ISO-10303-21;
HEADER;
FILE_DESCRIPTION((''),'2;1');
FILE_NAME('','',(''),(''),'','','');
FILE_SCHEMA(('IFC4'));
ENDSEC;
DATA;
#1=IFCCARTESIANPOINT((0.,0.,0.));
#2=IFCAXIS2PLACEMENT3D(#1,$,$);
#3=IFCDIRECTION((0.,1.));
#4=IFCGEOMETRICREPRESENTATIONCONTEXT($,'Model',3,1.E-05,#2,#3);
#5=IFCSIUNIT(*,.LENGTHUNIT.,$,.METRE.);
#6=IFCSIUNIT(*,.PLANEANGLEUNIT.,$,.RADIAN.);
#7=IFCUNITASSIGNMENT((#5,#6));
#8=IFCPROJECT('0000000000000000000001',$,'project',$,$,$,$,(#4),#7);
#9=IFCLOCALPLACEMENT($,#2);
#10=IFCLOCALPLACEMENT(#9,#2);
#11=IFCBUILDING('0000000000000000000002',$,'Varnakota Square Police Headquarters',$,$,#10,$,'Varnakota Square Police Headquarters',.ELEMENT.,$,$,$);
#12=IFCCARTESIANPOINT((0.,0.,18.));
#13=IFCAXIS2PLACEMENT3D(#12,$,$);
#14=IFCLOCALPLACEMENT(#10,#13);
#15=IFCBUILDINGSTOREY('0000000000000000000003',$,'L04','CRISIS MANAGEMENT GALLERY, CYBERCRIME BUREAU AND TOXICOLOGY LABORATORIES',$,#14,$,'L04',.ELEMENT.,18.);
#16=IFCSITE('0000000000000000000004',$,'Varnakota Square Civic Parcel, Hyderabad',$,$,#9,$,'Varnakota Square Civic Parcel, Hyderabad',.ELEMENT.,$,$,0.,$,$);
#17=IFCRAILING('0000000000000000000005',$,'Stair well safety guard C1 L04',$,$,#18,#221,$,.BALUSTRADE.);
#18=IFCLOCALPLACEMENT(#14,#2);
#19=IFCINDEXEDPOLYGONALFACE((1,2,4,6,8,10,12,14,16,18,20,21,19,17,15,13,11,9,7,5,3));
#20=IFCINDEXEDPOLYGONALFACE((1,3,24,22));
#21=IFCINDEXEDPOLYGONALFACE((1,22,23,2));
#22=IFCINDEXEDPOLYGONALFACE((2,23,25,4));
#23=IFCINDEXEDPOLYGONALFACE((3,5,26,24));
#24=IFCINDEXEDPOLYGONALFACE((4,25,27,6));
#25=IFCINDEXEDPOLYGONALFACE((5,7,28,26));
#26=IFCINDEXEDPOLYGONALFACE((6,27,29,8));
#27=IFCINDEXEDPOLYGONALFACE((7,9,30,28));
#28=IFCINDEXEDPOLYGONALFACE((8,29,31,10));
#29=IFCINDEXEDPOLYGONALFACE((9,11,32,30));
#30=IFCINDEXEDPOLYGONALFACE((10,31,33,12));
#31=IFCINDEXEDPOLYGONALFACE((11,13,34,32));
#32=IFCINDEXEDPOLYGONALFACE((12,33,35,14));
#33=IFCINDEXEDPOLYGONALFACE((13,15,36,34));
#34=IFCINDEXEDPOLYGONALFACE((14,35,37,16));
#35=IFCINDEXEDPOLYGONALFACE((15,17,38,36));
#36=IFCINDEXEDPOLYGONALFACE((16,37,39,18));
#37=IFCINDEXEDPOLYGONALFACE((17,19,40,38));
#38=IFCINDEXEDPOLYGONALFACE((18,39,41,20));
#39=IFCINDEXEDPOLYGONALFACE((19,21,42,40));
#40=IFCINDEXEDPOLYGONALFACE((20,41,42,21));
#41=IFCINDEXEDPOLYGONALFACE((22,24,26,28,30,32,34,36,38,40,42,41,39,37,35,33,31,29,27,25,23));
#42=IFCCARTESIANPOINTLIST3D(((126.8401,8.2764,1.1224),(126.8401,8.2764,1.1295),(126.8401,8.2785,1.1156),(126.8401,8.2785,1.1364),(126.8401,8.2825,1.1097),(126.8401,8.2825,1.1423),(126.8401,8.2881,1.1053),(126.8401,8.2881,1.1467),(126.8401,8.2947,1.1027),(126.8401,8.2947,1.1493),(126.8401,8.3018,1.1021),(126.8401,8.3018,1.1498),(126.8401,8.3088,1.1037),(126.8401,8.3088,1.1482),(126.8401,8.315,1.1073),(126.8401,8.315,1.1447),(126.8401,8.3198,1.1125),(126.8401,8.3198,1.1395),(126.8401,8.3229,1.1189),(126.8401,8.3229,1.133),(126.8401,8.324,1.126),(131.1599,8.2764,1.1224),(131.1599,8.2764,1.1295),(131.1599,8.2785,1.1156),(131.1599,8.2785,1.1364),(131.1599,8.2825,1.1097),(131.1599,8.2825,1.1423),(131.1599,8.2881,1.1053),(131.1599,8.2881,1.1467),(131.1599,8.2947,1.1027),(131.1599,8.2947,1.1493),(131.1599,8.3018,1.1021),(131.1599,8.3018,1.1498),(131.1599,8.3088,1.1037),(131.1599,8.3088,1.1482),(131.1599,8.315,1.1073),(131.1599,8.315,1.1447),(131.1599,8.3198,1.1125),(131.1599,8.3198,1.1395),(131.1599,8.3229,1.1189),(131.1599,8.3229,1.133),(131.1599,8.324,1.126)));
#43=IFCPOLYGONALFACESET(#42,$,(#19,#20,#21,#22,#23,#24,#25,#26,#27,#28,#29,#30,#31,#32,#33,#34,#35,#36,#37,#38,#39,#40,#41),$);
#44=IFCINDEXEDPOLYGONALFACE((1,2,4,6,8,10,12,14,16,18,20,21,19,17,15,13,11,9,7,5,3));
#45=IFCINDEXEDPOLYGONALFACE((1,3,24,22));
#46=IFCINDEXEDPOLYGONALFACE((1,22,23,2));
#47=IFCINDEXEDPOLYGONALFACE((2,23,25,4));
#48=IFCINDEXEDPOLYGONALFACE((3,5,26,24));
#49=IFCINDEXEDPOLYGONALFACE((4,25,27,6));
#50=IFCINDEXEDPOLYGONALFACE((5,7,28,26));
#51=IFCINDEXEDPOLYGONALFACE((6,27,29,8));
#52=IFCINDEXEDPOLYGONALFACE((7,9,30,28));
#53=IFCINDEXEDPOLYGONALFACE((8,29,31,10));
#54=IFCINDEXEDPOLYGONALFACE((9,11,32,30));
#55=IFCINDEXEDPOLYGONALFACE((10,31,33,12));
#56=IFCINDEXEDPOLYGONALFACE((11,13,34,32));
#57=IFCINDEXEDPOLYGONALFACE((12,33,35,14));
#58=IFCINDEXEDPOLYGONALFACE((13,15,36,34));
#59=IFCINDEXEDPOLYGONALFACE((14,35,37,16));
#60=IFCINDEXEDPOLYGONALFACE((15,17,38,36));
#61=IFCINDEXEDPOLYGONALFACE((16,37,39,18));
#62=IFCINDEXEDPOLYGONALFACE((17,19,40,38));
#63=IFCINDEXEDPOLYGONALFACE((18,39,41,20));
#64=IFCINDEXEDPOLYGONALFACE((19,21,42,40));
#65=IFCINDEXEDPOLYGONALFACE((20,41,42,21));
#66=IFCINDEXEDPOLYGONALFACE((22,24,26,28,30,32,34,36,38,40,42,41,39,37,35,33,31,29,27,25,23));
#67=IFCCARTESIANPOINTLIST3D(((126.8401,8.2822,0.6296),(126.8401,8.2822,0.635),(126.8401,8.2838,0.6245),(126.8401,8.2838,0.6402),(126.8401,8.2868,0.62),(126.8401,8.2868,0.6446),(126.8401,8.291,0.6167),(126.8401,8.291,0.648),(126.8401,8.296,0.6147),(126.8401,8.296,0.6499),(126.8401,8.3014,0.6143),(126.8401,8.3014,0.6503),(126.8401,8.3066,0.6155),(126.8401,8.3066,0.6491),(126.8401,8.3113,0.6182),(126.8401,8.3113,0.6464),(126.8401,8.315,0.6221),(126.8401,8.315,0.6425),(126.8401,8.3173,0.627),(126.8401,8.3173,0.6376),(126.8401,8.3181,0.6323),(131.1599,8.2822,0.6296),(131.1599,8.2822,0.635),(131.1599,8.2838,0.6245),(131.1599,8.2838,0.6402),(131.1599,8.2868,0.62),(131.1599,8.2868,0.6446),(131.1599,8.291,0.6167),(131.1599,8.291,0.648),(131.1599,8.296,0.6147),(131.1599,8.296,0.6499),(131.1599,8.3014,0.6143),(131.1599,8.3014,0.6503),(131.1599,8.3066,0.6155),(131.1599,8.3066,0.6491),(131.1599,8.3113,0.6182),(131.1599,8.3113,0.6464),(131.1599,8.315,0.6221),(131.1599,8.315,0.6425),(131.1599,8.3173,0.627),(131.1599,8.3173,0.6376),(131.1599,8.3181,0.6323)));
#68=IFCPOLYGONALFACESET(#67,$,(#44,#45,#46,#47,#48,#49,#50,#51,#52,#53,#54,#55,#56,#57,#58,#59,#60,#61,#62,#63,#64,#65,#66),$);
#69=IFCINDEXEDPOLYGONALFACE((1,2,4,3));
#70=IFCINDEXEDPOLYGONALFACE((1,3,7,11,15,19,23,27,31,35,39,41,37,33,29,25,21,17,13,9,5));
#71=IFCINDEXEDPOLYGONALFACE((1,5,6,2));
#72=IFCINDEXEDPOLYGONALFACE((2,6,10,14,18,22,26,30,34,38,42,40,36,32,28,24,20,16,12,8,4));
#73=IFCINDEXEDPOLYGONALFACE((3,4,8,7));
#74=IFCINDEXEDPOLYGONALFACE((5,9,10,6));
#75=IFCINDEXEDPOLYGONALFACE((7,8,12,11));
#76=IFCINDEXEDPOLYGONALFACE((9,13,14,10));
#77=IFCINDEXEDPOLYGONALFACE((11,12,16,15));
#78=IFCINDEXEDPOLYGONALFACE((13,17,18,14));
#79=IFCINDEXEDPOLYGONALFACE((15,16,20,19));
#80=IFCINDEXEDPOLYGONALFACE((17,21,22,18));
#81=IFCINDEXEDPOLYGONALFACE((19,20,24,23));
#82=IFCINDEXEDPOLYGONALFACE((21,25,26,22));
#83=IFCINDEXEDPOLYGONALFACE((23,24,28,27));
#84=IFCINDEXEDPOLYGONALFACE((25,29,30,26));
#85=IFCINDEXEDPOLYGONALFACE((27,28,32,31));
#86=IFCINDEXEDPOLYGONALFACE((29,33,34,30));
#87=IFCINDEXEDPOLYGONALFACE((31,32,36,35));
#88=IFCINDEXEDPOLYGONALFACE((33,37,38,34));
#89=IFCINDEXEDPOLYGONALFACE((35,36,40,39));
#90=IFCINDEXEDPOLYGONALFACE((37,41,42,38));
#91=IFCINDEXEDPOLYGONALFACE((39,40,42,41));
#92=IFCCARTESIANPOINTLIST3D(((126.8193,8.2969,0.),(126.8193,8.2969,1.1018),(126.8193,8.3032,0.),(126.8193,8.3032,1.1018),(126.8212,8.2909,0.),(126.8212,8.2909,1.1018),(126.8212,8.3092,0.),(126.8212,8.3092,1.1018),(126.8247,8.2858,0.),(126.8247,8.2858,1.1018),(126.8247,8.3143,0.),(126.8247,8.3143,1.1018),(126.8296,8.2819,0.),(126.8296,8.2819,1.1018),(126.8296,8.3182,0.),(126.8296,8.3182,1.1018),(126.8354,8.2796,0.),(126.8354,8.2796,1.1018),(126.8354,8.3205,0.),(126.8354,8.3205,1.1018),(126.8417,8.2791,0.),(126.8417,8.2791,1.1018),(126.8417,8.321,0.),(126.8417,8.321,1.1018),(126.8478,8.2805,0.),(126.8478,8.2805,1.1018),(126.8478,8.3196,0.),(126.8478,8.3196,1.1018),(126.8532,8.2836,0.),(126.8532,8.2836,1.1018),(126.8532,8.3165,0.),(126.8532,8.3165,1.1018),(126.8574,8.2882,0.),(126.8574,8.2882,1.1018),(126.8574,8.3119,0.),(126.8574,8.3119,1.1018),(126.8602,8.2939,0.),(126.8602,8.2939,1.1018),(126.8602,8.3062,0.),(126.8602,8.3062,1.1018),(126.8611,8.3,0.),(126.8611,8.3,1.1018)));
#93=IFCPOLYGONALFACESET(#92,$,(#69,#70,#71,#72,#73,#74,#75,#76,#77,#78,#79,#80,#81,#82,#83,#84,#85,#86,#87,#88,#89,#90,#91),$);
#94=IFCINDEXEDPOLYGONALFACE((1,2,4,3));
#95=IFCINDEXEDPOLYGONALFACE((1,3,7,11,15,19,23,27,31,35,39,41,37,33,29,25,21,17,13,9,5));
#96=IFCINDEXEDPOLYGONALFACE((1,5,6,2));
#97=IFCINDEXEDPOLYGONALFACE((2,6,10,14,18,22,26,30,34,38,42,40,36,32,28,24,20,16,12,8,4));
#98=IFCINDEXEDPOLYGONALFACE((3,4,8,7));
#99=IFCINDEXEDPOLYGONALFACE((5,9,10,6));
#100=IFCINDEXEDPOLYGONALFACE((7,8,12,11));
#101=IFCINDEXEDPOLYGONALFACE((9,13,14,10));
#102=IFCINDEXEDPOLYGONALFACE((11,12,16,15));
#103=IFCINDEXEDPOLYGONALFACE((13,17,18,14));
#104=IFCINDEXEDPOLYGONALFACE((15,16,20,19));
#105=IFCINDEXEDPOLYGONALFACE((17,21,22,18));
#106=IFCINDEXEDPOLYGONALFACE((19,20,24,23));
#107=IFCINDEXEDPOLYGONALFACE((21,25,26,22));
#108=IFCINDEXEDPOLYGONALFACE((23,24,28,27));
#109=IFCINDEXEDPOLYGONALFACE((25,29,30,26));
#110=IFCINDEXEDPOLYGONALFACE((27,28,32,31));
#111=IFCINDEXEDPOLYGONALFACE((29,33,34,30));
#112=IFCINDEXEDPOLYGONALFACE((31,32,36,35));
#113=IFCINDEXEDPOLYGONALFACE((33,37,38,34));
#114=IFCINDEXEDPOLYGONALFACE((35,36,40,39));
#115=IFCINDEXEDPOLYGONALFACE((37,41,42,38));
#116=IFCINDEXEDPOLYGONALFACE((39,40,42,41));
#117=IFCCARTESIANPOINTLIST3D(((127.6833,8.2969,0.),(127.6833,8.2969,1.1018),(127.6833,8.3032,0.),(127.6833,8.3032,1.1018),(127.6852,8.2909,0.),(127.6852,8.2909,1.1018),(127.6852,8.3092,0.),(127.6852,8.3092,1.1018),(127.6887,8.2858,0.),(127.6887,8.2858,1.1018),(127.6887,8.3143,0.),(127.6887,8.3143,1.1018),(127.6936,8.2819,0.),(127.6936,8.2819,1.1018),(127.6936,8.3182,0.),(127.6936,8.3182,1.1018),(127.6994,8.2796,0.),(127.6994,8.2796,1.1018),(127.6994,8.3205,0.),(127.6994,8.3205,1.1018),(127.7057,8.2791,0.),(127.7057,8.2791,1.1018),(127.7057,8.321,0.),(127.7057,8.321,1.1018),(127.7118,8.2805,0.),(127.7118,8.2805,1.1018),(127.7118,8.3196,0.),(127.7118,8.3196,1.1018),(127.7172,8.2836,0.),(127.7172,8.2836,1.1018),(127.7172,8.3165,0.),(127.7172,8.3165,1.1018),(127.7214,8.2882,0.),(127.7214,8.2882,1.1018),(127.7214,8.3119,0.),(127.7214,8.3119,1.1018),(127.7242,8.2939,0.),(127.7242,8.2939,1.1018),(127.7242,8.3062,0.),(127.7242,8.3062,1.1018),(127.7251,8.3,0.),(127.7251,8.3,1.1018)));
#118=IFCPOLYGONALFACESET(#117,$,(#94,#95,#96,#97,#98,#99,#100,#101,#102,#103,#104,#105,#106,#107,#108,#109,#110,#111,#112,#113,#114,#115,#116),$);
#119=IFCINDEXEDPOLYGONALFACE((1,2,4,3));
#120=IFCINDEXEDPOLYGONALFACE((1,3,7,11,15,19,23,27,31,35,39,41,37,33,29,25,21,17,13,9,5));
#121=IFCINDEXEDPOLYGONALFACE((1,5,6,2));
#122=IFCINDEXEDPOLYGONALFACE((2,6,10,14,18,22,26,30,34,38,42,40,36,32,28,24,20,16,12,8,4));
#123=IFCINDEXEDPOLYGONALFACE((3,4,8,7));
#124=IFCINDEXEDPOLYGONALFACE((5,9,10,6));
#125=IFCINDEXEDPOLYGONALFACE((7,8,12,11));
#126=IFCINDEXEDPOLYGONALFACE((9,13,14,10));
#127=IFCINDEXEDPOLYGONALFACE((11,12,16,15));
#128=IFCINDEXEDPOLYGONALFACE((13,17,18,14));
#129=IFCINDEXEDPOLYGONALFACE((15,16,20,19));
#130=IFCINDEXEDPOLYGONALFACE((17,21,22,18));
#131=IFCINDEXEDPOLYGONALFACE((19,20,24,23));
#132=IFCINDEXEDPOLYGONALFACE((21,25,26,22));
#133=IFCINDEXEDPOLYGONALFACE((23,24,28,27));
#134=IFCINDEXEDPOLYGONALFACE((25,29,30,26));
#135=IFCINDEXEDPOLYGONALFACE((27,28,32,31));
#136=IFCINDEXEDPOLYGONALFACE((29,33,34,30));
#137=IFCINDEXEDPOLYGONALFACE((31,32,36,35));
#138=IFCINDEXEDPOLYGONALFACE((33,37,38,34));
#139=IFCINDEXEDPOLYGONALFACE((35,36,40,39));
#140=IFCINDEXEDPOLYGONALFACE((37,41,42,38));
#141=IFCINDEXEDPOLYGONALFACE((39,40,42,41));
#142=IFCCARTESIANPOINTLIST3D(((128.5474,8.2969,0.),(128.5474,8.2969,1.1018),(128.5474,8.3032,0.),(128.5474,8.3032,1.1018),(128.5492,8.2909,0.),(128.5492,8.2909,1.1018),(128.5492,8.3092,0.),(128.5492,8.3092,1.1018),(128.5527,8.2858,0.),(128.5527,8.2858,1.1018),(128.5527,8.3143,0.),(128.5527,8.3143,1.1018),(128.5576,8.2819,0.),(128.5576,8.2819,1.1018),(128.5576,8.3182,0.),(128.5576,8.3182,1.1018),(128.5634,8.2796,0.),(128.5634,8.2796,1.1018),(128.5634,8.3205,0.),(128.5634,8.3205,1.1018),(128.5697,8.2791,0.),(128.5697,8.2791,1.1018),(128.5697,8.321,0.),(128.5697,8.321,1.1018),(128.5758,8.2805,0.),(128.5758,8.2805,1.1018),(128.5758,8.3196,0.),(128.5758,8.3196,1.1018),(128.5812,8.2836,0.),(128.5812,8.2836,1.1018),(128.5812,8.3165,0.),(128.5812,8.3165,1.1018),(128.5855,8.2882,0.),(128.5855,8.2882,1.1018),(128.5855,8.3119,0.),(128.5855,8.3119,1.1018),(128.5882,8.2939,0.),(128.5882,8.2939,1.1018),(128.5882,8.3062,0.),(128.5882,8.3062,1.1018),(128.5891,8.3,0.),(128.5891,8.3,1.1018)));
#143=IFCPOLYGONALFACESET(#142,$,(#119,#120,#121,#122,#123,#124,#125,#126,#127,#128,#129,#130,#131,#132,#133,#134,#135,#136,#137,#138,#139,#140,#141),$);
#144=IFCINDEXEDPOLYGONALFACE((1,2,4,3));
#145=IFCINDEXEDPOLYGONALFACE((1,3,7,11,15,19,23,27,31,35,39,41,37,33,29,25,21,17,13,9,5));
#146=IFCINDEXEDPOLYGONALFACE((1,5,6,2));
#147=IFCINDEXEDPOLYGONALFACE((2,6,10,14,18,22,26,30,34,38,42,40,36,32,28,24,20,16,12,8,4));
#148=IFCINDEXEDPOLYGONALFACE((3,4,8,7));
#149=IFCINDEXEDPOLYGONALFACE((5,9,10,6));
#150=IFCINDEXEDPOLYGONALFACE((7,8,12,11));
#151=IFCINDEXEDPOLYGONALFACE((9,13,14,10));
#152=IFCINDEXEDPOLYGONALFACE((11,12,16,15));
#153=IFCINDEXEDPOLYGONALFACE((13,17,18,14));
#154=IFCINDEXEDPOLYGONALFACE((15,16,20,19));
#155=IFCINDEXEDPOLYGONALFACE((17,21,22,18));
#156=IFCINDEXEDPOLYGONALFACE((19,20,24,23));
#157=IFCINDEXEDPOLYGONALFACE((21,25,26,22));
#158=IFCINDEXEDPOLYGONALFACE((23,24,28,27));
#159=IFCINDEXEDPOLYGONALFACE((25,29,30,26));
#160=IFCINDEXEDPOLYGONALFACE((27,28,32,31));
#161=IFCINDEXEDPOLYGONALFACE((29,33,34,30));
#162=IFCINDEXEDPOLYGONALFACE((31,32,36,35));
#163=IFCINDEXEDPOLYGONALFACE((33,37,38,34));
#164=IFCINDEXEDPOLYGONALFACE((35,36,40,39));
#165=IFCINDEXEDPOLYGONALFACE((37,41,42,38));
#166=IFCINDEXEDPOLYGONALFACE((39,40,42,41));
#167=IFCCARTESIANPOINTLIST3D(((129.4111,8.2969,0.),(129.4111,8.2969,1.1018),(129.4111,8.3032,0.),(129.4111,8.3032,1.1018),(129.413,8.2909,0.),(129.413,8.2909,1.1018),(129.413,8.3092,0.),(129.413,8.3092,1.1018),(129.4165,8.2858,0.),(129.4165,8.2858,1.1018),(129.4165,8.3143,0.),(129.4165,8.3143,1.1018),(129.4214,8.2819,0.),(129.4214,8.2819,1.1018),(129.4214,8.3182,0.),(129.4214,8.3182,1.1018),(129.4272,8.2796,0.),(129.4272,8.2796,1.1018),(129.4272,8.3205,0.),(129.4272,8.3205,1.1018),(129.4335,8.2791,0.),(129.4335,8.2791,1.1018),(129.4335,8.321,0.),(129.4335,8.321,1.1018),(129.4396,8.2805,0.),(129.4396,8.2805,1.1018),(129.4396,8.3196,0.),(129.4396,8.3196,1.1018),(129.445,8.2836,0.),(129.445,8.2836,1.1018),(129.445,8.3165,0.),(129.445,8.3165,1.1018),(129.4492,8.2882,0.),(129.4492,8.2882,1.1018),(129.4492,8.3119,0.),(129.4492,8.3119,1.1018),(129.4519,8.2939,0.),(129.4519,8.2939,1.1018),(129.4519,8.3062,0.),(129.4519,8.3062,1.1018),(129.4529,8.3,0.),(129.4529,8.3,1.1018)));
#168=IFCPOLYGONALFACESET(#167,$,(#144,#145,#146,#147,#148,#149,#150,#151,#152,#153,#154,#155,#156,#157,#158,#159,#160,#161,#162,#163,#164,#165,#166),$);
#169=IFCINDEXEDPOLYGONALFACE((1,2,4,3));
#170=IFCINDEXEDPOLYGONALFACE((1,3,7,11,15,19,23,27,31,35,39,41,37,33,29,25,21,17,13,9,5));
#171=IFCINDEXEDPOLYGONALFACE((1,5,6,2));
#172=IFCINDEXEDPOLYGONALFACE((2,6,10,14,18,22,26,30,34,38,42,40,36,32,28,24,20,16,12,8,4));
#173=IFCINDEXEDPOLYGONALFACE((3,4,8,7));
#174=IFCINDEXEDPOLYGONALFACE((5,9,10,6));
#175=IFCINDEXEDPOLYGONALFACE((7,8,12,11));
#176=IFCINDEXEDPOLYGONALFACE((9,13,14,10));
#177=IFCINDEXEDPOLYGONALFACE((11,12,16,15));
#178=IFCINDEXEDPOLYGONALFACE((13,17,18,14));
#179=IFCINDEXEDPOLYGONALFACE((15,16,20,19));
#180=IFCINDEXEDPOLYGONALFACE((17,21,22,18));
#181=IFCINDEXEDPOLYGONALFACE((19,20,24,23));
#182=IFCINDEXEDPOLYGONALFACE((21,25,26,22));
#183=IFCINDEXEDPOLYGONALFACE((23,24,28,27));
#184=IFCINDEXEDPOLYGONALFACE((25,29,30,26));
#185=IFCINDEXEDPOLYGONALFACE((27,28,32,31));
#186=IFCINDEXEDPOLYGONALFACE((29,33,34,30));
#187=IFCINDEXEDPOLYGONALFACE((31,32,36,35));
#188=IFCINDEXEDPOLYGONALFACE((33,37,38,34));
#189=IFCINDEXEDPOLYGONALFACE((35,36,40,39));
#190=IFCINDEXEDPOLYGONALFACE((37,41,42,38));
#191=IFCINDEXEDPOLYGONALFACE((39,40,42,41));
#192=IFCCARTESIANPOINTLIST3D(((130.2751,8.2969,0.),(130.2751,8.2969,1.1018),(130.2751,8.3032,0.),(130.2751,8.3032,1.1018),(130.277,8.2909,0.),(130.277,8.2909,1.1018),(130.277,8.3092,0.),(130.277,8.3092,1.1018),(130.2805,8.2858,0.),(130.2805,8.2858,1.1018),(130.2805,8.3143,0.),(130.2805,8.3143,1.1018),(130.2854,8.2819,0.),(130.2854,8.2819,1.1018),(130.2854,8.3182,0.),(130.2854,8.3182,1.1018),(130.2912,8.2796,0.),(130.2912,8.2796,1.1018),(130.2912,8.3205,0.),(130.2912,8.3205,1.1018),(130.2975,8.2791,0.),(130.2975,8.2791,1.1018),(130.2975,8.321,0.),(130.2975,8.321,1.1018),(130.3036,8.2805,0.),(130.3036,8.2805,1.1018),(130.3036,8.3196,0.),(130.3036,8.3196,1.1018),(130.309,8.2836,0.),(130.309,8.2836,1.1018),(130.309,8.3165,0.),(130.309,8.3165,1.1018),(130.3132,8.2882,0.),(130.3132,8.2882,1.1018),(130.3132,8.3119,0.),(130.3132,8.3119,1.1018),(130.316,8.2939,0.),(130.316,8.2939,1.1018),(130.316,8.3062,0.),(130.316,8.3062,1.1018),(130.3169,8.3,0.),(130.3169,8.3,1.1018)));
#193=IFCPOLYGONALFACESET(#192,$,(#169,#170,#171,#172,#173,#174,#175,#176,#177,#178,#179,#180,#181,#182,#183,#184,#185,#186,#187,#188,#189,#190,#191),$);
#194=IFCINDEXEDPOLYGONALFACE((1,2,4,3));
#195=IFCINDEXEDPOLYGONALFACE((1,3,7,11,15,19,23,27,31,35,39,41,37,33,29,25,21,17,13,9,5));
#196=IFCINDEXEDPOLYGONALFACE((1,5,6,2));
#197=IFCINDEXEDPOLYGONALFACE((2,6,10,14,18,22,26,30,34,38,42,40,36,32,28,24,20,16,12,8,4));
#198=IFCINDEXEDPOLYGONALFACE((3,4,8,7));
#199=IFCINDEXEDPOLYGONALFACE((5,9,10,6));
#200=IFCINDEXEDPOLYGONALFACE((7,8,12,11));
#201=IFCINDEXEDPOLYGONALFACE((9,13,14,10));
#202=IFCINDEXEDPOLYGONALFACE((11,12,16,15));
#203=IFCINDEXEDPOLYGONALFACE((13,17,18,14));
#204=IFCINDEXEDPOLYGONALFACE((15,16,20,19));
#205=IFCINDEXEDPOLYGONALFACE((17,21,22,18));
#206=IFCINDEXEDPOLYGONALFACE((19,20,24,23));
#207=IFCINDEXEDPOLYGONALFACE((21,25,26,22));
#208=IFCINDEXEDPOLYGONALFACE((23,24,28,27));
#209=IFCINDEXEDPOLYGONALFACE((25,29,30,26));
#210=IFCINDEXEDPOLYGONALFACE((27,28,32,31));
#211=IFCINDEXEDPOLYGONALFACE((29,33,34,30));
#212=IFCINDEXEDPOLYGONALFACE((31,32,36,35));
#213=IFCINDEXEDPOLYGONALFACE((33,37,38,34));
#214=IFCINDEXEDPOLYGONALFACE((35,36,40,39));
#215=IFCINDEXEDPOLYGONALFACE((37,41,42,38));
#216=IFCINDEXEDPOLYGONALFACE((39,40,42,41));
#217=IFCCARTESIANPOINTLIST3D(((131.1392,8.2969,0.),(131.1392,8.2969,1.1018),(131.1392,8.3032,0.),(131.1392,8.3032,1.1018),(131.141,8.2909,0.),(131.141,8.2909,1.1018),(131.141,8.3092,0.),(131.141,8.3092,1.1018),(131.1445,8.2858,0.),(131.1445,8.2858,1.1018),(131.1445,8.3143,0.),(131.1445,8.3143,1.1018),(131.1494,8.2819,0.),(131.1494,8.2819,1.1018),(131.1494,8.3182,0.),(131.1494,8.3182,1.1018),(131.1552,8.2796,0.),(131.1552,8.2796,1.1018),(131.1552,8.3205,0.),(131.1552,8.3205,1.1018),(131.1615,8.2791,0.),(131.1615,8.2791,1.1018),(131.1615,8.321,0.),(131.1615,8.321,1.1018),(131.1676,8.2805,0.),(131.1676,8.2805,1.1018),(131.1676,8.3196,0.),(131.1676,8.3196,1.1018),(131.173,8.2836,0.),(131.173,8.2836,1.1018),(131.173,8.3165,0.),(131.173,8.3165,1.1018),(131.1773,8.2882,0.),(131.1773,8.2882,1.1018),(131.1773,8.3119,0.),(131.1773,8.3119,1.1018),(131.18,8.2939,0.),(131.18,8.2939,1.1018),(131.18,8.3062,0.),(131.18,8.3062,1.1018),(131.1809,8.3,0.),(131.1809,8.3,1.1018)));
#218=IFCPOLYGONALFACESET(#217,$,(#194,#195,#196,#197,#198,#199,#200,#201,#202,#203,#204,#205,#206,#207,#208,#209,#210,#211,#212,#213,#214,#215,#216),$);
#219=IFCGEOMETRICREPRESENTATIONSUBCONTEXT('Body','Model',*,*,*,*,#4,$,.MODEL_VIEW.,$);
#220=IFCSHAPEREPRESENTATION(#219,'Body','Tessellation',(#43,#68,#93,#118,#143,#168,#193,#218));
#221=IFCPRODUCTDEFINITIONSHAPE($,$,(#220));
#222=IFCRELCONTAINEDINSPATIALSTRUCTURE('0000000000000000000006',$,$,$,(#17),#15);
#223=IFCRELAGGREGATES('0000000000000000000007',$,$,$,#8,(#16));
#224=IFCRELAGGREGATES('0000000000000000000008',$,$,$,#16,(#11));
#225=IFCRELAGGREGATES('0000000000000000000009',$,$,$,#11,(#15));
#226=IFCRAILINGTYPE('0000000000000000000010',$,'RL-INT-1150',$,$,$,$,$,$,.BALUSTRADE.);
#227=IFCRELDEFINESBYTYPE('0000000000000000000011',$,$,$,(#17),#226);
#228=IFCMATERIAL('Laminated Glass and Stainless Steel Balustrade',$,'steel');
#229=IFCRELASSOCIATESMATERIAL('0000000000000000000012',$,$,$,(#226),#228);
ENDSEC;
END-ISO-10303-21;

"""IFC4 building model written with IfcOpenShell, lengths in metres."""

from ifc_helpers import new_model, si_unit, direction, frame, origin, origin_2d, place, context, subcontext, project, spatial, circle, extrude, material, type_object, element, save


model = new_model("IFC4")

# Units and contexts
model_context = context("Model", 3, precision=1e-05, world=origin(), true_north=direction((0.0, 1.0)))
body_context = subcontext(model_context, "Body", "Model", "MODEL_VIEW")
ifc_project = project(units=[si_unit("LENGTHUNIT", "METRE"), si_unit("PLANEANGLEUNIT", "RADIAN")], contexts=[model_context])

# Site, building, storey
site_placement = place(None, origin())
site = spatial("IfcSite", under=ifc_project, at=site_placement, Name="Varnakota Square Civic Parcel, Hyderabad", LongName="Varnakota Square Civic Parcel, Hyderabad", CompositionType="ELEMENT", RefElevation=0.0)
building_placement = place(site_placement, origin())
building = spatial("IfcBuilding", under=site, at=building_placement, Name="Varnakota Square Police Headquarters", LongName="Varnakota Square Police Headquarters", CompositionType="ELEMENT")
storey_placement = place(building_placement, frame((0.0, 0.0, 18.0)))
storey = spatial("IfcBuildingStorey", under=building, at=storey_placement, Name="L04", Description="CRISIS MANAGEMENT GALLERY, CYBERCRIME BUREAU AND TOXICOLOGY LABORATORIES", LongName="L04", CompositionType="ELEMENT", Elevation=18.0)

# Railing
ifc_material_1 = material(Name="Laminated Glass and Stainless Steel Balustrade", Category="steel")
railing_type_1 = type_object("IfcRailingType", Name="RL-INT-1150", PredefinedType="BALUSTRADE", material=ifc_material_1)
railing_1_placement = place(storey_placement, frame((126.8401, 8.3, 0.0)))
element("IfcRailing", 1, at=railing_1_placement, inside=storey, type_object=railing_type_1, Name="Stair well safety guard C1 L04", PredefinedType="BALUSTRADE", context=body_context, shape_type="SweptSolid", body=[
    extrude(circle(Radius=0.0239, at=origin_2d()), frame((0.0, 0.0, 1.126), z_axis=(1.0, 0.0, 0.0), x_axis=(0.0, 1.0, 0.0)), (0.0, 0.0, 1.0), 4.3198),
    extrude(circle(Radius=0.0181, at=origin_2d()), frame((0.0, 0.0, 0.6323), z_axis=(1.0, 0.0, 0.0), x_axis=(0.0, 1.0, 0.0)), (0.0, 0.0, 1.0), 4.3198),
    extrude(circle(Radius=0.021, at=origin_2d()), origin(), (0.0, 0.0, 1.0), 1.1018),
    extrude(circle(Radius=0.021, at=origin_2d()), frame((0.864, 0.0, 0.0)), (0.0, 0.0, 1.0), 1.1018),
    extrude(circle(Radius=0.021, at=origin_2d()), frame((1.728, 0.0, 0.0)), (0.0, 0.0, 1.0), 1.1018),
    extrude(circle(Radius=0.021, at=origin_2d()), frame((2.5918, 0.0, 0.0)), (0.0, 0.0, 1.0), 1.1018),
    extrude(circle(Radius=0.021, at=origin_2d()), frame((3.4558, 0.0, 0.0)), (0.0, 0.0, 1.0), 1.1018),
    extrude(circle(Radius=0.021, at=origin_2d()), frame((4.3198, 0.0, 0.0)), (0.0, 0.0, 1.0), 1.1018),
])

save(model, "model.ifc")
